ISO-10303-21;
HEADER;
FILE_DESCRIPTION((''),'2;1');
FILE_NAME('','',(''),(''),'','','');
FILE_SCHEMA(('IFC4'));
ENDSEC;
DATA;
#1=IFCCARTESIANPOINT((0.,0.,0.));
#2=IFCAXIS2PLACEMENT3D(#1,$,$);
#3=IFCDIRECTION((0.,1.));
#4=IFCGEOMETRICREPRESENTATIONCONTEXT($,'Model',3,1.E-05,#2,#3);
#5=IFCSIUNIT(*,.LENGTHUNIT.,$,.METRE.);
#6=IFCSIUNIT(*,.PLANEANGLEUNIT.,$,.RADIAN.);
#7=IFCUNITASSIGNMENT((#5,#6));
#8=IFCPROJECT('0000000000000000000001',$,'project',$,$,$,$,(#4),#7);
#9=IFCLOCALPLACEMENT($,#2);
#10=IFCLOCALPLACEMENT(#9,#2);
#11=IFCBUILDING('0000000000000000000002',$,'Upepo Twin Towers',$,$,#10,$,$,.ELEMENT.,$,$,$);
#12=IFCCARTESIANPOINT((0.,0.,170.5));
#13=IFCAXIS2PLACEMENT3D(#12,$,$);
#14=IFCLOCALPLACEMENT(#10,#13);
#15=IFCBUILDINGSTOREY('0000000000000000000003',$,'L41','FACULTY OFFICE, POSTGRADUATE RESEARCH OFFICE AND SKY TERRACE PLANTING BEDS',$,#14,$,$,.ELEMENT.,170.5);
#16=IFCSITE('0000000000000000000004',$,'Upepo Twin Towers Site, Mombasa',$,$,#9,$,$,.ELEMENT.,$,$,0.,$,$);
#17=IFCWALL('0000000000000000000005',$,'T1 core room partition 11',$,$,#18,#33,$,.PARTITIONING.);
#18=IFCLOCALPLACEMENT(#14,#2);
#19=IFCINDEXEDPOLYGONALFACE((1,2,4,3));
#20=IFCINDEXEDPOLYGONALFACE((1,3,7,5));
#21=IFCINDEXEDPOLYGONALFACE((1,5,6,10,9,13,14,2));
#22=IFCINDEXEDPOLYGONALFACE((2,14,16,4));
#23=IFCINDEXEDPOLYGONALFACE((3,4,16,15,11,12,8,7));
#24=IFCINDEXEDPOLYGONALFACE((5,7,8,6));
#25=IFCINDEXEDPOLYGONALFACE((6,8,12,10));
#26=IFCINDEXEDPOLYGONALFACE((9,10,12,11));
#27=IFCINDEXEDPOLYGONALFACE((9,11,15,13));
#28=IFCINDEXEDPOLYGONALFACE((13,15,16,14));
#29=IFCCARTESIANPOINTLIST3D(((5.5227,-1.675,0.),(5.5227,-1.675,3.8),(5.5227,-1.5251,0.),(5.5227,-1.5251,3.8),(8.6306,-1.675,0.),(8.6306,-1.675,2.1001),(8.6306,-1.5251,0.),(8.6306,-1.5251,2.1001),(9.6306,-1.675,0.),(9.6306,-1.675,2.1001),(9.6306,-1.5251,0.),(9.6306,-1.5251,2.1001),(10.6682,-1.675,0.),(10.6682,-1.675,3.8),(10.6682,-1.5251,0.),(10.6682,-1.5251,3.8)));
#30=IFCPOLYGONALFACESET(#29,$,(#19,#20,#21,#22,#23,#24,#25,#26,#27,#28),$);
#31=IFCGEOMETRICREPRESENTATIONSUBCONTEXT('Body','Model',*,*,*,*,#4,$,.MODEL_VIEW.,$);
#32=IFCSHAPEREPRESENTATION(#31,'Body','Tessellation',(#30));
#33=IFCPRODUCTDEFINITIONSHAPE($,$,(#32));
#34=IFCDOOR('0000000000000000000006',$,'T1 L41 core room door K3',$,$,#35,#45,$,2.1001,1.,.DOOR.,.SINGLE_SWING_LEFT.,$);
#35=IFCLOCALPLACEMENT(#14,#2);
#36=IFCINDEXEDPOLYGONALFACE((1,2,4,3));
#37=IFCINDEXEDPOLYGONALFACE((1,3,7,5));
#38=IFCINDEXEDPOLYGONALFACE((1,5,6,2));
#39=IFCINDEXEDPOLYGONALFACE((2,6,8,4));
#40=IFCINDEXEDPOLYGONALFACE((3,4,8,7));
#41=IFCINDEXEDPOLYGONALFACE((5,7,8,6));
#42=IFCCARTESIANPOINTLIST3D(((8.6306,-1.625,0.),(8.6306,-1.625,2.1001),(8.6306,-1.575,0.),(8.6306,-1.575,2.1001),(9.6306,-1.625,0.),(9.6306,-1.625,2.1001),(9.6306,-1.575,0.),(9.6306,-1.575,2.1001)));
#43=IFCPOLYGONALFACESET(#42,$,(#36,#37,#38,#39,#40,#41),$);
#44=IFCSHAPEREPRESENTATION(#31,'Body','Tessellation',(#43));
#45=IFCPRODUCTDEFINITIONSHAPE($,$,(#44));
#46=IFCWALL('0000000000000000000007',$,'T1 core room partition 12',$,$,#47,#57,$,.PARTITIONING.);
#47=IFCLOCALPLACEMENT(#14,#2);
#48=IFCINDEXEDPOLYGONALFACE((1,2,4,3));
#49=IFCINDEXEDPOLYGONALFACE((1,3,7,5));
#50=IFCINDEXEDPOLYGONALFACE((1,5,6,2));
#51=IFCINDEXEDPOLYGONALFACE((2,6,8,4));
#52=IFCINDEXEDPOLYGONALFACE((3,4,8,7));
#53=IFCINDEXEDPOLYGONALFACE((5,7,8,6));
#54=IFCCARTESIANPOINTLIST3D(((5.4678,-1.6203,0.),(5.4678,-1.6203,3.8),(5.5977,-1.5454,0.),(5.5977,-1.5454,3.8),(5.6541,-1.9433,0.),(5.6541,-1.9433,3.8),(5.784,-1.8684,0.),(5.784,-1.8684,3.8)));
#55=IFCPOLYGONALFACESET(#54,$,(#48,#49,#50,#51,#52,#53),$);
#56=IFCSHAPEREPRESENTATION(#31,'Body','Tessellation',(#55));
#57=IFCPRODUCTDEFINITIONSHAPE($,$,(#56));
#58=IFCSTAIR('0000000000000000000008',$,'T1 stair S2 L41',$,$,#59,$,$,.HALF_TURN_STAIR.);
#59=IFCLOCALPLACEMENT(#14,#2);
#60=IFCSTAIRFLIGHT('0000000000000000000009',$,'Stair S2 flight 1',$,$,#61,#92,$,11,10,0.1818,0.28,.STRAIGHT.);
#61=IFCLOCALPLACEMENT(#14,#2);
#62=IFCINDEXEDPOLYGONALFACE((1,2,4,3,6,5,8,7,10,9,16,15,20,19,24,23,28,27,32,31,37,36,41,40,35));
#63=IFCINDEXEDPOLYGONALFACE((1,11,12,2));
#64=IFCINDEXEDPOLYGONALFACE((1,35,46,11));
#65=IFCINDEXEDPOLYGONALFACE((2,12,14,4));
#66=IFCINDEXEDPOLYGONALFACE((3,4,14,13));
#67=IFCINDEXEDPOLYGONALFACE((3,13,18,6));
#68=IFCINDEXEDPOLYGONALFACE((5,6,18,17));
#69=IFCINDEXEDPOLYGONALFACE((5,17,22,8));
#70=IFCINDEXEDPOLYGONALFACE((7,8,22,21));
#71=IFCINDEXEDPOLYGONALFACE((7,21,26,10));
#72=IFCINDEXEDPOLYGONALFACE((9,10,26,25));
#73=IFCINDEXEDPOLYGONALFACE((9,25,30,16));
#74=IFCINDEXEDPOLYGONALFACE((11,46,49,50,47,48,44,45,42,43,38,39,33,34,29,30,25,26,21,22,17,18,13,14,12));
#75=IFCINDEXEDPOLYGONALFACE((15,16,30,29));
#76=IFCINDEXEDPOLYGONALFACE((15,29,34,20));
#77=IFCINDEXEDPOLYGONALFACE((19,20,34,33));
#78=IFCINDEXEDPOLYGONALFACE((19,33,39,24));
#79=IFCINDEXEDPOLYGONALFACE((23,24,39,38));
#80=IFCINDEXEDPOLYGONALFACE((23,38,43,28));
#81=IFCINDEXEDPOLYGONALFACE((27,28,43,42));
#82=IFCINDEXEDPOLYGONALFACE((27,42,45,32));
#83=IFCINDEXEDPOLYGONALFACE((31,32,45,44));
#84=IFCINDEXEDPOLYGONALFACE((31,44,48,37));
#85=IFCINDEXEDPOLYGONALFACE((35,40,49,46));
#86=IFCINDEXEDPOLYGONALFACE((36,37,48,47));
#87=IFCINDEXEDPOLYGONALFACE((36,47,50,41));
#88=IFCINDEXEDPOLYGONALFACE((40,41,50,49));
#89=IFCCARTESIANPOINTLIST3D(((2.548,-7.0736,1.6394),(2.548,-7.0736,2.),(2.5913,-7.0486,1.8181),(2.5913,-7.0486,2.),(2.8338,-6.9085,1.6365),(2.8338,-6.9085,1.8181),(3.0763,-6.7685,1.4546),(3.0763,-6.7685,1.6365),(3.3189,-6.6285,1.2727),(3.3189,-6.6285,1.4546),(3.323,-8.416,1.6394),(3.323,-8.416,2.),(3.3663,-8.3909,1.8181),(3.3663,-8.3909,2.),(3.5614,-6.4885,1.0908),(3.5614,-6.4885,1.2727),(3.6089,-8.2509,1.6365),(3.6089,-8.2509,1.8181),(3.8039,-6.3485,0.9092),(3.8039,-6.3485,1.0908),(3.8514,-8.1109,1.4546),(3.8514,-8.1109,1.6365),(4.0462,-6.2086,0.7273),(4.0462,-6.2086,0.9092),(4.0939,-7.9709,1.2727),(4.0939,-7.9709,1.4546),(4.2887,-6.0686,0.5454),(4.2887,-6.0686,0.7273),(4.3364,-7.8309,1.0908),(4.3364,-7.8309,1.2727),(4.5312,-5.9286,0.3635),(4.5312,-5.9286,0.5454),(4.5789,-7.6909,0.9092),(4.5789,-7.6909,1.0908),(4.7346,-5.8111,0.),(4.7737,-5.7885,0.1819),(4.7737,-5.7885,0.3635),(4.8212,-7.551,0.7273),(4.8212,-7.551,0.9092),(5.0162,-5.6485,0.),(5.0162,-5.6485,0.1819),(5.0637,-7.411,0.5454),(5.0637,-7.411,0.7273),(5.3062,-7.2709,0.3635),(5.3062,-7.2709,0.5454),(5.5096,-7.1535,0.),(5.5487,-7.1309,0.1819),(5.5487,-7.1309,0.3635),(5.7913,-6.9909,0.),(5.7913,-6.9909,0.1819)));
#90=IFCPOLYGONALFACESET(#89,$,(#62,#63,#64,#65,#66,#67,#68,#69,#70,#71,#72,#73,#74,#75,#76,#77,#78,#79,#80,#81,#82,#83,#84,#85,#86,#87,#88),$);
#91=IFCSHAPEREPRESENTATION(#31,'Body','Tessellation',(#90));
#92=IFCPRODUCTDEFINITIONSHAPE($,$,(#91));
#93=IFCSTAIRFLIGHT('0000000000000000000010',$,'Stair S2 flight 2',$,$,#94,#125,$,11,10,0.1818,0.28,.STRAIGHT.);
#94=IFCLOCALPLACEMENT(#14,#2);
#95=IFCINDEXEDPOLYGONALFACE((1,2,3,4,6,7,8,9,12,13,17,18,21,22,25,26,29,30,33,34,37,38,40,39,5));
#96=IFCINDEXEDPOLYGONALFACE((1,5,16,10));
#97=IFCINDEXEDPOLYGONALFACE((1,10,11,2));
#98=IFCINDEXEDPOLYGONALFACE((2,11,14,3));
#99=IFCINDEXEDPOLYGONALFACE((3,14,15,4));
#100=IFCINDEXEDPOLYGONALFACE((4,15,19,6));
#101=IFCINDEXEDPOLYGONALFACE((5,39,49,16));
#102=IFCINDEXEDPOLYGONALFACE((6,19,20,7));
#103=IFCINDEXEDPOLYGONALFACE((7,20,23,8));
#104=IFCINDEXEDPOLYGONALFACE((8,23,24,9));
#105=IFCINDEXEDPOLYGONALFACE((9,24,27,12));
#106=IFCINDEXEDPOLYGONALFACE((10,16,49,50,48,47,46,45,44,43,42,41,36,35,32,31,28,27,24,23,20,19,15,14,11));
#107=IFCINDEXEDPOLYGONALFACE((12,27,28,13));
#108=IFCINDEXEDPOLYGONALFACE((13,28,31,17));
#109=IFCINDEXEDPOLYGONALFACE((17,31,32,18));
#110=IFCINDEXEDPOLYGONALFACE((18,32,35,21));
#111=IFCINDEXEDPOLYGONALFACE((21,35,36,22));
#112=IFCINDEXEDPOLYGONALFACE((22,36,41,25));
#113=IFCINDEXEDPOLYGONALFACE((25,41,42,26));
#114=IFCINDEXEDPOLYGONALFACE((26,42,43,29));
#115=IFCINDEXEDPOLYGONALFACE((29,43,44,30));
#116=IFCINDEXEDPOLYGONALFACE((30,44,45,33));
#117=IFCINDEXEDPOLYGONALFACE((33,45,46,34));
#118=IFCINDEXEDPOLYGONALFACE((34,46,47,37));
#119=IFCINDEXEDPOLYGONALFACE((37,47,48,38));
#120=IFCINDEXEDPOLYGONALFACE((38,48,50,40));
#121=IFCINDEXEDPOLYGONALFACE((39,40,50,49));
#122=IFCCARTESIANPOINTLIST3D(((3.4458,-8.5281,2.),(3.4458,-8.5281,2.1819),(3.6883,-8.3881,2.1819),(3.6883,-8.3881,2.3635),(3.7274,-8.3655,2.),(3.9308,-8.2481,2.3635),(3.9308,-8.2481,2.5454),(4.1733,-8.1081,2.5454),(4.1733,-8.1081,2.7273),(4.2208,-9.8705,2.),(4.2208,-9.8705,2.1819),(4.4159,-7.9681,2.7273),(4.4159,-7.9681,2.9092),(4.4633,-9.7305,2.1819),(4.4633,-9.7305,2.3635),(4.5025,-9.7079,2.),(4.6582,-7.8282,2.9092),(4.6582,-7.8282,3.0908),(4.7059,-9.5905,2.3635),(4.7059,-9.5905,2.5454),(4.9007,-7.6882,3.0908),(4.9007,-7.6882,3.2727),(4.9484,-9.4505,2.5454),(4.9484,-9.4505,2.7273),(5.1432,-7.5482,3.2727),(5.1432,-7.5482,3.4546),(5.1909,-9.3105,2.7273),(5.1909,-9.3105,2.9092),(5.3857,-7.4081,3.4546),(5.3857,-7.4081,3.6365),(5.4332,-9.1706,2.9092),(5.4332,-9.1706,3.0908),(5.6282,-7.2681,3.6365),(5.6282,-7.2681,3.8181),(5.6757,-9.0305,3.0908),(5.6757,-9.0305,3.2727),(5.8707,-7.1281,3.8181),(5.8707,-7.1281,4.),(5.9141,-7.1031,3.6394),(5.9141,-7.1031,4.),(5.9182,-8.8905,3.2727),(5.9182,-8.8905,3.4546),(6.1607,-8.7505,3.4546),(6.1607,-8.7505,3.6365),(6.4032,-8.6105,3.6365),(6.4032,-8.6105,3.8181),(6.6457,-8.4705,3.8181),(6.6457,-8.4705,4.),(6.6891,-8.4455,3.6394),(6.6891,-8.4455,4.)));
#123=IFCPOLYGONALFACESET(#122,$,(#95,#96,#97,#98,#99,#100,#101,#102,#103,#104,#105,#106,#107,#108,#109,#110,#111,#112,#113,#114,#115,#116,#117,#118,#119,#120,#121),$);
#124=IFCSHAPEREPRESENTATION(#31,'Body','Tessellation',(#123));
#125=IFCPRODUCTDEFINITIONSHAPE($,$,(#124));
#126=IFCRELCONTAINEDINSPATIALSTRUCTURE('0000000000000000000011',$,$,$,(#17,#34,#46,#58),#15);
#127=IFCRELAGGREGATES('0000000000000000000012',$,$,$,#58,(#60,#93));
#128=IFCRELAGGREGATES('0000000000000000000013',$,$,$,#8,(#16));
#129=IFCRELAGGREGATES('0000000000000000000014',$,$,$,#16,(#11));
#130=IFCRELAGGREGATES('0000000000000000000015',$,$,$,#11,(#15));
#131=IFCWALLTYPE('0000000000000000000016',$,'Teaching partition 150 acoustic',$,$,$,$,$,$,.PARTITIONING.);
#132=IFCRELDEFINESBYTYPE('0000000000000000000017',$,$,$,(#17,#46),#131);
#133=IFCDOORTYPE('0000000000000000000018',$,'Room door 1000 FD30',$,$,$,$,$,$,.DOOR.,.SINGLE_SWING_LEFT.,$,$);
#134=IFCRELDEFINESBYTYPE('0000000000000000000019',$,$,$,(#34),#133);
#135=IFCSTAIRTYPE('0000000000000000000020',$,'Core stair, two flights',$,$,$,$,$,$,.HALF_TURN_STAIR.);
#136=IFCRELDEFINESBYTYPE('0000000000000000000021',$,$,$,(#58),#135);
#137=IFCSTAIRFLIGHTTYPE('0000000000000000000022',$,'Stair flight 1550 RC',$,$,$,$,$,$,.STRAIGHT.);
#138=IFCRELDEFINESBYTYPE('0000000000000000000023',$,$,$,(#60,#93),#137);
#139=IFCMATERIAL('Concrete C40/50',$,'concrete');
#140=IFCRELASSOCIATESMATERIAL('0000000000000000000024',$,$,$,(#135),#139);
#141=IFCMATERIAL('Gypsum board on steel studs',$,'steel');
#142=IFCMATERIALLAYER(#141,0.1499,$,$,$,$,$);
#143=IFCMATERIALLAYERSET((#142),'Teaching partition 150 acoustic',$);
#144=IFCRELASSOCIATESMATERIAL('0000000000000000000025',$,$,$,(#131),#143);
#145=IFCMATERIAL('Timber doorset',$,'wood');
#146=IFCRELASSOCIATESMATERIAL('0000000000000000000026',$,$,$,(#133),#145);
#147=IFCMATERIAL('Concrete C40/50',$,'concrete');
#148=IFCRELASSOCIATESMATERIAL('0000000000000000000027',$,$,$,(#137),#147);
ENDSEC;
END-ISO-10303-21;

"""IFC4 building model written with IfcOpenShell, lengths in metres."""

from ifc_helpers import new_model, si_unit, direction, frame, frame_2d, origin, place, context, subcontext, project, spatial, polyline, rectangle, outline, extrude, material, layer, layer_set, type_object, element, fill, aggregate, save


model = new_model("IFC4")

# Units and contexts
model_context = context("Model", 3, precision=1e-05, world=origin(), true_north=direction((0.0, 1.0)))
body_context = subcontext(model_context, "Body", "Model", "MODEL_VIEW")
ifc_project = project(units=[si_unit("LENGTHUNIT", "METRE"), si_unit("PLANEANGLEUNIT", "RADIAN")], contexts=[model_context])

# Site, building, storey
site_placement = place(None, origin())
site = spatial("IfcSite", under=ifc_project, at=site_placement, Name="Upepo Twin Towers Site, Mombasa", CompositionType="ELEMENT", RefElevation=0.0)
building_placement = place(site_placement, origin())
building = spatial("IfcBuilding", under=site, at=building_placement, Name="Upepo Twin Towers", CompositionType="ELEMENT")
storey_placement = place(building_placement, frame((0.0, 0.0, 170.5)))
storey = spatial("IfcBuildingStorey", under=building, at=storey_placement, Name="L41", Description="FACULTY OFFICE, POSTGRADUATE RESEARCH OFFICE AND SKY TERRACE PLANTING BEDS", CompositionType="ELEMENT", Elevation=170.5)

# Shared definitions
ifc_material_1 = material(Name="Concrete C40/50", Category="concrete")
stair_type = type_object("IfcStairType", Name="Core stair, two flights", PredefinedType="HALF_TURN_STAIR", material=ifc_material_1)

# Wall, opening, door
ifc_material_2 = material(Name="Gypsum board on steel studs", Category="steel")
ifc_layer_1 = layer(ifc_material_2, 0.1499)
ifc_layer_set_1 = layer_set([ifc_layer_1], Name="Teaching partition 150 acoustic")
wall_type_1 = type_object("IfcWallType", Name="Teaching partition 150 acoustic", PredefinedType="PARTITIONING", material=ifc_layer_set_1)
wall_1_placement = place(storey_placement, frame((10.6682, -1.6001, 0.0), z_axis=(0.0, 0.0, 1.0), x_axis=(-1.0, 0.0, 0.0)))
wall_1 = element("IfcWall", 1, at=wall_1_placement, inside=storey, type_object=wall_type_1, Name="T1 core room partition 11", PredefinedType="PARTITIONING", context=body_context, shape_type="SweptSolid", body=[
    extrude(rectangle(XDim=5.1455, YDim=0.1499, at=frame_2d((2.5728, 0.0))), origin(), (0.0, 0.0, 1.0), 3.8),
])
opening_1_placement = place(wall_1_placement, frame((1.0376, 0.0, 0.0)))
opening_1 = element("IfcOpeningElement", 2, at=opening_1_placement, cuts=wall_1, PredefinedType="OPENING", context=body_context, shape_type="SweptSolid", body=[
    extrude(rectangle(XDim=1.0, YDim=2.1001, at=frame_2d((0.5, 1.05))), frame((0.0, 0.085, 0.0), z_axis=(0.0, -1.0, 0.0), x_axis=(1.0, 0.0, 0.0)), (0.0, 0.0, 1.0), 0.1699),
])
ifc_material_3 = material(Name="Timber doorset", Category="wood")
door_type_1 = type_object("IfcDoorType", Name="Room door 1000 FD30", OperationType="SINGLE_SWING_LEFT", PredefinedType="DOOR", material=ifc_material_3)
door_1_placement = place(opening_1_placement, origin())
door_1 = element("IfcDoor", 3, at=door_1_placement, inside=storey, type_object=door_type_1, Name="T1 L41 core room door K3", OperationType="SINGLE_SWING_LEFT", OverallHeight=2.1001, OverallWidth=1.0, PredefinedType="DOOR", context=body_context, shape_type="SweptSolid", body=[
    extrude(rectangle(XDim=1.0, YDim=2.1001, at=frame_2d((0.5, 1.05))), frame((0.0, 0.0249, 0.0), z_axis=(0.0, -1.0, 0.0), x_axis=(1.0, 0.0, 0.0)), (0.0, 0.0, 1.0), 0.05),
])
fill(opening_1, door_1)

# Wall
wall_2_placement = place(storey_placement, frame((5.5327, -1.5828, 0.0), z_axis=(0.0, 0.0, 1.0), x_axis=(0.49959, -0.866262, 0.0)))
element("IfcWall", 4, at=wall_2_placement, inside=storey, type_object=wall_type_1, Name="T1 core room partition 12", PredefinedType="PARTITIONING", context=body_context, shape_type="SweptSolid", body=[
    extrude(rectangle(XDim=0.3728, YDim=0.1499, at=frame_2d((0.1865, 0.0))), origin(), (0.0, 0.0, 1.0), 3.8),
])

# Stair, stair flights
stair_1_placement = place(storey_placement, origin())
stair_1 = element("IfcStair", 5, at=stair_1_placement, inside=storey, type_object=stair_type, Name="T1 stair S2 L41", PredefinedType="HALF_TURN_STAIR")
ifc_material_4 = material(Name="Concrete C40/50", Category="concrete")
stair_flight_type = type_object("IfcStairFlightType", Name="Stair flight 1550 RC", PredefinedType="STRAIGHT", material=ifc_material_4)
stair_flight_1_placement = place(storey_placement, frame((5.4038, -6.3198, 0.0), z_axis=(0.0, 0.0, 1.0), x_axis=(-0.866025, -0.5, 0.0)))
stair_flight_1 = element("IfcStairFlight", 6, at=stair_flight_1_placement, type_object=stair_flight_type, Name="Stair S2 flight 1", NumberOfRisers=11, NumberOfTreads=10, PredefinedType="STRAIGHT", RiserHeight=0.1818, TreadLength=0.28, context=body_context, shape_type="SweptSolid", body=[
    extrude(outline(polyline([(0.0, 0.0), (0.0, 0.1819), (0.28, 0.1819), (0.28, 0.3635), (0.5601, 0.3635), (0.5601, 0.5454), (0.8401, 0.5454), (0.8401, 0.7273), (1.1201, 0.7273), (1.1201, 0.9092), (1.3999, 0.9092), (1.3999, 1.0908), (1.6799, 1.0908), (1.6799, 1.2727), (1.96, 1.2727), (1.96, 1.4546), (2.24, 1.4546), (2.24, 1.6365), (2.52, 1.6365), (2.52, 1.8181), (2.8, 1.8181), (2.8, 2.0), (2.8501, 2.0), (2.8501, 1.6394), (0.3252, 0.0), (0.0, 0.0)])), frame((0.0, 0.7749, 0.0), z_axis=(0.0, -1.0, 0.0), x_axis=(1.0, 0.0, 0.0)), (0.0, 0.0, 1.0), 1.55),
])
stair_flight_2_placement = place(storey_placement, frame((3.8333, -9.1992, 2.0), z_axis=(0.0, 0.0, 1.0), x_axis=(0.866025, 0.5, 0.0)))
stair_flight_2 = element("IfcStairFlight", 7, at=stair_flight_2_placement, type_object=stair_flight_type, Name="Stair S2 flight 2", NumberOfRisers=11, NumberOfTreads=10, PredefinedType="STRAIGHT", RiserHeight=0.1818, TreadLength=0.28, context=body_context, shape_type="SweptSolid", body=[
    extrude(outline(polyline([(0.0, 0.0), (0.0, 0.1819), (0.28, 0.1819), (0.28, 0.3635), (0.5601, 0.3635), (0.5601, 0.5454), (0.8401, 0.5454), (0.8401, 0.7273), (1.1201, 0.7273), (1.1201, 0.9092), (1.3999, 0.9092), (1.3999, 1.0908), (1.6799, 1.0908), (1.6799, 1.2727), (1.96, 1.2727), (1.96, 1.4546), (2.24, 1.4546), (2.24, 1.6365), (2.52, 1.6365), (2.52, 1.8181), (2.8, 1.8181), (2.8, 2.0), (2.8501, 2.0), (2.8501, 1.6394), (0.3252, 0.0), (0.0, 0.0)])), frame((0.0, 0.7749, 0.0), z_axis=(0.0, -1.0, 0.0), x_axis=(1.0, 0.0, 0.0)), (0.0, 0.0, 1.0), 1.55),
])
aggregate(stair_1, [stair_flight_1, stair_flight_2])

save(model, "model.ifc")
